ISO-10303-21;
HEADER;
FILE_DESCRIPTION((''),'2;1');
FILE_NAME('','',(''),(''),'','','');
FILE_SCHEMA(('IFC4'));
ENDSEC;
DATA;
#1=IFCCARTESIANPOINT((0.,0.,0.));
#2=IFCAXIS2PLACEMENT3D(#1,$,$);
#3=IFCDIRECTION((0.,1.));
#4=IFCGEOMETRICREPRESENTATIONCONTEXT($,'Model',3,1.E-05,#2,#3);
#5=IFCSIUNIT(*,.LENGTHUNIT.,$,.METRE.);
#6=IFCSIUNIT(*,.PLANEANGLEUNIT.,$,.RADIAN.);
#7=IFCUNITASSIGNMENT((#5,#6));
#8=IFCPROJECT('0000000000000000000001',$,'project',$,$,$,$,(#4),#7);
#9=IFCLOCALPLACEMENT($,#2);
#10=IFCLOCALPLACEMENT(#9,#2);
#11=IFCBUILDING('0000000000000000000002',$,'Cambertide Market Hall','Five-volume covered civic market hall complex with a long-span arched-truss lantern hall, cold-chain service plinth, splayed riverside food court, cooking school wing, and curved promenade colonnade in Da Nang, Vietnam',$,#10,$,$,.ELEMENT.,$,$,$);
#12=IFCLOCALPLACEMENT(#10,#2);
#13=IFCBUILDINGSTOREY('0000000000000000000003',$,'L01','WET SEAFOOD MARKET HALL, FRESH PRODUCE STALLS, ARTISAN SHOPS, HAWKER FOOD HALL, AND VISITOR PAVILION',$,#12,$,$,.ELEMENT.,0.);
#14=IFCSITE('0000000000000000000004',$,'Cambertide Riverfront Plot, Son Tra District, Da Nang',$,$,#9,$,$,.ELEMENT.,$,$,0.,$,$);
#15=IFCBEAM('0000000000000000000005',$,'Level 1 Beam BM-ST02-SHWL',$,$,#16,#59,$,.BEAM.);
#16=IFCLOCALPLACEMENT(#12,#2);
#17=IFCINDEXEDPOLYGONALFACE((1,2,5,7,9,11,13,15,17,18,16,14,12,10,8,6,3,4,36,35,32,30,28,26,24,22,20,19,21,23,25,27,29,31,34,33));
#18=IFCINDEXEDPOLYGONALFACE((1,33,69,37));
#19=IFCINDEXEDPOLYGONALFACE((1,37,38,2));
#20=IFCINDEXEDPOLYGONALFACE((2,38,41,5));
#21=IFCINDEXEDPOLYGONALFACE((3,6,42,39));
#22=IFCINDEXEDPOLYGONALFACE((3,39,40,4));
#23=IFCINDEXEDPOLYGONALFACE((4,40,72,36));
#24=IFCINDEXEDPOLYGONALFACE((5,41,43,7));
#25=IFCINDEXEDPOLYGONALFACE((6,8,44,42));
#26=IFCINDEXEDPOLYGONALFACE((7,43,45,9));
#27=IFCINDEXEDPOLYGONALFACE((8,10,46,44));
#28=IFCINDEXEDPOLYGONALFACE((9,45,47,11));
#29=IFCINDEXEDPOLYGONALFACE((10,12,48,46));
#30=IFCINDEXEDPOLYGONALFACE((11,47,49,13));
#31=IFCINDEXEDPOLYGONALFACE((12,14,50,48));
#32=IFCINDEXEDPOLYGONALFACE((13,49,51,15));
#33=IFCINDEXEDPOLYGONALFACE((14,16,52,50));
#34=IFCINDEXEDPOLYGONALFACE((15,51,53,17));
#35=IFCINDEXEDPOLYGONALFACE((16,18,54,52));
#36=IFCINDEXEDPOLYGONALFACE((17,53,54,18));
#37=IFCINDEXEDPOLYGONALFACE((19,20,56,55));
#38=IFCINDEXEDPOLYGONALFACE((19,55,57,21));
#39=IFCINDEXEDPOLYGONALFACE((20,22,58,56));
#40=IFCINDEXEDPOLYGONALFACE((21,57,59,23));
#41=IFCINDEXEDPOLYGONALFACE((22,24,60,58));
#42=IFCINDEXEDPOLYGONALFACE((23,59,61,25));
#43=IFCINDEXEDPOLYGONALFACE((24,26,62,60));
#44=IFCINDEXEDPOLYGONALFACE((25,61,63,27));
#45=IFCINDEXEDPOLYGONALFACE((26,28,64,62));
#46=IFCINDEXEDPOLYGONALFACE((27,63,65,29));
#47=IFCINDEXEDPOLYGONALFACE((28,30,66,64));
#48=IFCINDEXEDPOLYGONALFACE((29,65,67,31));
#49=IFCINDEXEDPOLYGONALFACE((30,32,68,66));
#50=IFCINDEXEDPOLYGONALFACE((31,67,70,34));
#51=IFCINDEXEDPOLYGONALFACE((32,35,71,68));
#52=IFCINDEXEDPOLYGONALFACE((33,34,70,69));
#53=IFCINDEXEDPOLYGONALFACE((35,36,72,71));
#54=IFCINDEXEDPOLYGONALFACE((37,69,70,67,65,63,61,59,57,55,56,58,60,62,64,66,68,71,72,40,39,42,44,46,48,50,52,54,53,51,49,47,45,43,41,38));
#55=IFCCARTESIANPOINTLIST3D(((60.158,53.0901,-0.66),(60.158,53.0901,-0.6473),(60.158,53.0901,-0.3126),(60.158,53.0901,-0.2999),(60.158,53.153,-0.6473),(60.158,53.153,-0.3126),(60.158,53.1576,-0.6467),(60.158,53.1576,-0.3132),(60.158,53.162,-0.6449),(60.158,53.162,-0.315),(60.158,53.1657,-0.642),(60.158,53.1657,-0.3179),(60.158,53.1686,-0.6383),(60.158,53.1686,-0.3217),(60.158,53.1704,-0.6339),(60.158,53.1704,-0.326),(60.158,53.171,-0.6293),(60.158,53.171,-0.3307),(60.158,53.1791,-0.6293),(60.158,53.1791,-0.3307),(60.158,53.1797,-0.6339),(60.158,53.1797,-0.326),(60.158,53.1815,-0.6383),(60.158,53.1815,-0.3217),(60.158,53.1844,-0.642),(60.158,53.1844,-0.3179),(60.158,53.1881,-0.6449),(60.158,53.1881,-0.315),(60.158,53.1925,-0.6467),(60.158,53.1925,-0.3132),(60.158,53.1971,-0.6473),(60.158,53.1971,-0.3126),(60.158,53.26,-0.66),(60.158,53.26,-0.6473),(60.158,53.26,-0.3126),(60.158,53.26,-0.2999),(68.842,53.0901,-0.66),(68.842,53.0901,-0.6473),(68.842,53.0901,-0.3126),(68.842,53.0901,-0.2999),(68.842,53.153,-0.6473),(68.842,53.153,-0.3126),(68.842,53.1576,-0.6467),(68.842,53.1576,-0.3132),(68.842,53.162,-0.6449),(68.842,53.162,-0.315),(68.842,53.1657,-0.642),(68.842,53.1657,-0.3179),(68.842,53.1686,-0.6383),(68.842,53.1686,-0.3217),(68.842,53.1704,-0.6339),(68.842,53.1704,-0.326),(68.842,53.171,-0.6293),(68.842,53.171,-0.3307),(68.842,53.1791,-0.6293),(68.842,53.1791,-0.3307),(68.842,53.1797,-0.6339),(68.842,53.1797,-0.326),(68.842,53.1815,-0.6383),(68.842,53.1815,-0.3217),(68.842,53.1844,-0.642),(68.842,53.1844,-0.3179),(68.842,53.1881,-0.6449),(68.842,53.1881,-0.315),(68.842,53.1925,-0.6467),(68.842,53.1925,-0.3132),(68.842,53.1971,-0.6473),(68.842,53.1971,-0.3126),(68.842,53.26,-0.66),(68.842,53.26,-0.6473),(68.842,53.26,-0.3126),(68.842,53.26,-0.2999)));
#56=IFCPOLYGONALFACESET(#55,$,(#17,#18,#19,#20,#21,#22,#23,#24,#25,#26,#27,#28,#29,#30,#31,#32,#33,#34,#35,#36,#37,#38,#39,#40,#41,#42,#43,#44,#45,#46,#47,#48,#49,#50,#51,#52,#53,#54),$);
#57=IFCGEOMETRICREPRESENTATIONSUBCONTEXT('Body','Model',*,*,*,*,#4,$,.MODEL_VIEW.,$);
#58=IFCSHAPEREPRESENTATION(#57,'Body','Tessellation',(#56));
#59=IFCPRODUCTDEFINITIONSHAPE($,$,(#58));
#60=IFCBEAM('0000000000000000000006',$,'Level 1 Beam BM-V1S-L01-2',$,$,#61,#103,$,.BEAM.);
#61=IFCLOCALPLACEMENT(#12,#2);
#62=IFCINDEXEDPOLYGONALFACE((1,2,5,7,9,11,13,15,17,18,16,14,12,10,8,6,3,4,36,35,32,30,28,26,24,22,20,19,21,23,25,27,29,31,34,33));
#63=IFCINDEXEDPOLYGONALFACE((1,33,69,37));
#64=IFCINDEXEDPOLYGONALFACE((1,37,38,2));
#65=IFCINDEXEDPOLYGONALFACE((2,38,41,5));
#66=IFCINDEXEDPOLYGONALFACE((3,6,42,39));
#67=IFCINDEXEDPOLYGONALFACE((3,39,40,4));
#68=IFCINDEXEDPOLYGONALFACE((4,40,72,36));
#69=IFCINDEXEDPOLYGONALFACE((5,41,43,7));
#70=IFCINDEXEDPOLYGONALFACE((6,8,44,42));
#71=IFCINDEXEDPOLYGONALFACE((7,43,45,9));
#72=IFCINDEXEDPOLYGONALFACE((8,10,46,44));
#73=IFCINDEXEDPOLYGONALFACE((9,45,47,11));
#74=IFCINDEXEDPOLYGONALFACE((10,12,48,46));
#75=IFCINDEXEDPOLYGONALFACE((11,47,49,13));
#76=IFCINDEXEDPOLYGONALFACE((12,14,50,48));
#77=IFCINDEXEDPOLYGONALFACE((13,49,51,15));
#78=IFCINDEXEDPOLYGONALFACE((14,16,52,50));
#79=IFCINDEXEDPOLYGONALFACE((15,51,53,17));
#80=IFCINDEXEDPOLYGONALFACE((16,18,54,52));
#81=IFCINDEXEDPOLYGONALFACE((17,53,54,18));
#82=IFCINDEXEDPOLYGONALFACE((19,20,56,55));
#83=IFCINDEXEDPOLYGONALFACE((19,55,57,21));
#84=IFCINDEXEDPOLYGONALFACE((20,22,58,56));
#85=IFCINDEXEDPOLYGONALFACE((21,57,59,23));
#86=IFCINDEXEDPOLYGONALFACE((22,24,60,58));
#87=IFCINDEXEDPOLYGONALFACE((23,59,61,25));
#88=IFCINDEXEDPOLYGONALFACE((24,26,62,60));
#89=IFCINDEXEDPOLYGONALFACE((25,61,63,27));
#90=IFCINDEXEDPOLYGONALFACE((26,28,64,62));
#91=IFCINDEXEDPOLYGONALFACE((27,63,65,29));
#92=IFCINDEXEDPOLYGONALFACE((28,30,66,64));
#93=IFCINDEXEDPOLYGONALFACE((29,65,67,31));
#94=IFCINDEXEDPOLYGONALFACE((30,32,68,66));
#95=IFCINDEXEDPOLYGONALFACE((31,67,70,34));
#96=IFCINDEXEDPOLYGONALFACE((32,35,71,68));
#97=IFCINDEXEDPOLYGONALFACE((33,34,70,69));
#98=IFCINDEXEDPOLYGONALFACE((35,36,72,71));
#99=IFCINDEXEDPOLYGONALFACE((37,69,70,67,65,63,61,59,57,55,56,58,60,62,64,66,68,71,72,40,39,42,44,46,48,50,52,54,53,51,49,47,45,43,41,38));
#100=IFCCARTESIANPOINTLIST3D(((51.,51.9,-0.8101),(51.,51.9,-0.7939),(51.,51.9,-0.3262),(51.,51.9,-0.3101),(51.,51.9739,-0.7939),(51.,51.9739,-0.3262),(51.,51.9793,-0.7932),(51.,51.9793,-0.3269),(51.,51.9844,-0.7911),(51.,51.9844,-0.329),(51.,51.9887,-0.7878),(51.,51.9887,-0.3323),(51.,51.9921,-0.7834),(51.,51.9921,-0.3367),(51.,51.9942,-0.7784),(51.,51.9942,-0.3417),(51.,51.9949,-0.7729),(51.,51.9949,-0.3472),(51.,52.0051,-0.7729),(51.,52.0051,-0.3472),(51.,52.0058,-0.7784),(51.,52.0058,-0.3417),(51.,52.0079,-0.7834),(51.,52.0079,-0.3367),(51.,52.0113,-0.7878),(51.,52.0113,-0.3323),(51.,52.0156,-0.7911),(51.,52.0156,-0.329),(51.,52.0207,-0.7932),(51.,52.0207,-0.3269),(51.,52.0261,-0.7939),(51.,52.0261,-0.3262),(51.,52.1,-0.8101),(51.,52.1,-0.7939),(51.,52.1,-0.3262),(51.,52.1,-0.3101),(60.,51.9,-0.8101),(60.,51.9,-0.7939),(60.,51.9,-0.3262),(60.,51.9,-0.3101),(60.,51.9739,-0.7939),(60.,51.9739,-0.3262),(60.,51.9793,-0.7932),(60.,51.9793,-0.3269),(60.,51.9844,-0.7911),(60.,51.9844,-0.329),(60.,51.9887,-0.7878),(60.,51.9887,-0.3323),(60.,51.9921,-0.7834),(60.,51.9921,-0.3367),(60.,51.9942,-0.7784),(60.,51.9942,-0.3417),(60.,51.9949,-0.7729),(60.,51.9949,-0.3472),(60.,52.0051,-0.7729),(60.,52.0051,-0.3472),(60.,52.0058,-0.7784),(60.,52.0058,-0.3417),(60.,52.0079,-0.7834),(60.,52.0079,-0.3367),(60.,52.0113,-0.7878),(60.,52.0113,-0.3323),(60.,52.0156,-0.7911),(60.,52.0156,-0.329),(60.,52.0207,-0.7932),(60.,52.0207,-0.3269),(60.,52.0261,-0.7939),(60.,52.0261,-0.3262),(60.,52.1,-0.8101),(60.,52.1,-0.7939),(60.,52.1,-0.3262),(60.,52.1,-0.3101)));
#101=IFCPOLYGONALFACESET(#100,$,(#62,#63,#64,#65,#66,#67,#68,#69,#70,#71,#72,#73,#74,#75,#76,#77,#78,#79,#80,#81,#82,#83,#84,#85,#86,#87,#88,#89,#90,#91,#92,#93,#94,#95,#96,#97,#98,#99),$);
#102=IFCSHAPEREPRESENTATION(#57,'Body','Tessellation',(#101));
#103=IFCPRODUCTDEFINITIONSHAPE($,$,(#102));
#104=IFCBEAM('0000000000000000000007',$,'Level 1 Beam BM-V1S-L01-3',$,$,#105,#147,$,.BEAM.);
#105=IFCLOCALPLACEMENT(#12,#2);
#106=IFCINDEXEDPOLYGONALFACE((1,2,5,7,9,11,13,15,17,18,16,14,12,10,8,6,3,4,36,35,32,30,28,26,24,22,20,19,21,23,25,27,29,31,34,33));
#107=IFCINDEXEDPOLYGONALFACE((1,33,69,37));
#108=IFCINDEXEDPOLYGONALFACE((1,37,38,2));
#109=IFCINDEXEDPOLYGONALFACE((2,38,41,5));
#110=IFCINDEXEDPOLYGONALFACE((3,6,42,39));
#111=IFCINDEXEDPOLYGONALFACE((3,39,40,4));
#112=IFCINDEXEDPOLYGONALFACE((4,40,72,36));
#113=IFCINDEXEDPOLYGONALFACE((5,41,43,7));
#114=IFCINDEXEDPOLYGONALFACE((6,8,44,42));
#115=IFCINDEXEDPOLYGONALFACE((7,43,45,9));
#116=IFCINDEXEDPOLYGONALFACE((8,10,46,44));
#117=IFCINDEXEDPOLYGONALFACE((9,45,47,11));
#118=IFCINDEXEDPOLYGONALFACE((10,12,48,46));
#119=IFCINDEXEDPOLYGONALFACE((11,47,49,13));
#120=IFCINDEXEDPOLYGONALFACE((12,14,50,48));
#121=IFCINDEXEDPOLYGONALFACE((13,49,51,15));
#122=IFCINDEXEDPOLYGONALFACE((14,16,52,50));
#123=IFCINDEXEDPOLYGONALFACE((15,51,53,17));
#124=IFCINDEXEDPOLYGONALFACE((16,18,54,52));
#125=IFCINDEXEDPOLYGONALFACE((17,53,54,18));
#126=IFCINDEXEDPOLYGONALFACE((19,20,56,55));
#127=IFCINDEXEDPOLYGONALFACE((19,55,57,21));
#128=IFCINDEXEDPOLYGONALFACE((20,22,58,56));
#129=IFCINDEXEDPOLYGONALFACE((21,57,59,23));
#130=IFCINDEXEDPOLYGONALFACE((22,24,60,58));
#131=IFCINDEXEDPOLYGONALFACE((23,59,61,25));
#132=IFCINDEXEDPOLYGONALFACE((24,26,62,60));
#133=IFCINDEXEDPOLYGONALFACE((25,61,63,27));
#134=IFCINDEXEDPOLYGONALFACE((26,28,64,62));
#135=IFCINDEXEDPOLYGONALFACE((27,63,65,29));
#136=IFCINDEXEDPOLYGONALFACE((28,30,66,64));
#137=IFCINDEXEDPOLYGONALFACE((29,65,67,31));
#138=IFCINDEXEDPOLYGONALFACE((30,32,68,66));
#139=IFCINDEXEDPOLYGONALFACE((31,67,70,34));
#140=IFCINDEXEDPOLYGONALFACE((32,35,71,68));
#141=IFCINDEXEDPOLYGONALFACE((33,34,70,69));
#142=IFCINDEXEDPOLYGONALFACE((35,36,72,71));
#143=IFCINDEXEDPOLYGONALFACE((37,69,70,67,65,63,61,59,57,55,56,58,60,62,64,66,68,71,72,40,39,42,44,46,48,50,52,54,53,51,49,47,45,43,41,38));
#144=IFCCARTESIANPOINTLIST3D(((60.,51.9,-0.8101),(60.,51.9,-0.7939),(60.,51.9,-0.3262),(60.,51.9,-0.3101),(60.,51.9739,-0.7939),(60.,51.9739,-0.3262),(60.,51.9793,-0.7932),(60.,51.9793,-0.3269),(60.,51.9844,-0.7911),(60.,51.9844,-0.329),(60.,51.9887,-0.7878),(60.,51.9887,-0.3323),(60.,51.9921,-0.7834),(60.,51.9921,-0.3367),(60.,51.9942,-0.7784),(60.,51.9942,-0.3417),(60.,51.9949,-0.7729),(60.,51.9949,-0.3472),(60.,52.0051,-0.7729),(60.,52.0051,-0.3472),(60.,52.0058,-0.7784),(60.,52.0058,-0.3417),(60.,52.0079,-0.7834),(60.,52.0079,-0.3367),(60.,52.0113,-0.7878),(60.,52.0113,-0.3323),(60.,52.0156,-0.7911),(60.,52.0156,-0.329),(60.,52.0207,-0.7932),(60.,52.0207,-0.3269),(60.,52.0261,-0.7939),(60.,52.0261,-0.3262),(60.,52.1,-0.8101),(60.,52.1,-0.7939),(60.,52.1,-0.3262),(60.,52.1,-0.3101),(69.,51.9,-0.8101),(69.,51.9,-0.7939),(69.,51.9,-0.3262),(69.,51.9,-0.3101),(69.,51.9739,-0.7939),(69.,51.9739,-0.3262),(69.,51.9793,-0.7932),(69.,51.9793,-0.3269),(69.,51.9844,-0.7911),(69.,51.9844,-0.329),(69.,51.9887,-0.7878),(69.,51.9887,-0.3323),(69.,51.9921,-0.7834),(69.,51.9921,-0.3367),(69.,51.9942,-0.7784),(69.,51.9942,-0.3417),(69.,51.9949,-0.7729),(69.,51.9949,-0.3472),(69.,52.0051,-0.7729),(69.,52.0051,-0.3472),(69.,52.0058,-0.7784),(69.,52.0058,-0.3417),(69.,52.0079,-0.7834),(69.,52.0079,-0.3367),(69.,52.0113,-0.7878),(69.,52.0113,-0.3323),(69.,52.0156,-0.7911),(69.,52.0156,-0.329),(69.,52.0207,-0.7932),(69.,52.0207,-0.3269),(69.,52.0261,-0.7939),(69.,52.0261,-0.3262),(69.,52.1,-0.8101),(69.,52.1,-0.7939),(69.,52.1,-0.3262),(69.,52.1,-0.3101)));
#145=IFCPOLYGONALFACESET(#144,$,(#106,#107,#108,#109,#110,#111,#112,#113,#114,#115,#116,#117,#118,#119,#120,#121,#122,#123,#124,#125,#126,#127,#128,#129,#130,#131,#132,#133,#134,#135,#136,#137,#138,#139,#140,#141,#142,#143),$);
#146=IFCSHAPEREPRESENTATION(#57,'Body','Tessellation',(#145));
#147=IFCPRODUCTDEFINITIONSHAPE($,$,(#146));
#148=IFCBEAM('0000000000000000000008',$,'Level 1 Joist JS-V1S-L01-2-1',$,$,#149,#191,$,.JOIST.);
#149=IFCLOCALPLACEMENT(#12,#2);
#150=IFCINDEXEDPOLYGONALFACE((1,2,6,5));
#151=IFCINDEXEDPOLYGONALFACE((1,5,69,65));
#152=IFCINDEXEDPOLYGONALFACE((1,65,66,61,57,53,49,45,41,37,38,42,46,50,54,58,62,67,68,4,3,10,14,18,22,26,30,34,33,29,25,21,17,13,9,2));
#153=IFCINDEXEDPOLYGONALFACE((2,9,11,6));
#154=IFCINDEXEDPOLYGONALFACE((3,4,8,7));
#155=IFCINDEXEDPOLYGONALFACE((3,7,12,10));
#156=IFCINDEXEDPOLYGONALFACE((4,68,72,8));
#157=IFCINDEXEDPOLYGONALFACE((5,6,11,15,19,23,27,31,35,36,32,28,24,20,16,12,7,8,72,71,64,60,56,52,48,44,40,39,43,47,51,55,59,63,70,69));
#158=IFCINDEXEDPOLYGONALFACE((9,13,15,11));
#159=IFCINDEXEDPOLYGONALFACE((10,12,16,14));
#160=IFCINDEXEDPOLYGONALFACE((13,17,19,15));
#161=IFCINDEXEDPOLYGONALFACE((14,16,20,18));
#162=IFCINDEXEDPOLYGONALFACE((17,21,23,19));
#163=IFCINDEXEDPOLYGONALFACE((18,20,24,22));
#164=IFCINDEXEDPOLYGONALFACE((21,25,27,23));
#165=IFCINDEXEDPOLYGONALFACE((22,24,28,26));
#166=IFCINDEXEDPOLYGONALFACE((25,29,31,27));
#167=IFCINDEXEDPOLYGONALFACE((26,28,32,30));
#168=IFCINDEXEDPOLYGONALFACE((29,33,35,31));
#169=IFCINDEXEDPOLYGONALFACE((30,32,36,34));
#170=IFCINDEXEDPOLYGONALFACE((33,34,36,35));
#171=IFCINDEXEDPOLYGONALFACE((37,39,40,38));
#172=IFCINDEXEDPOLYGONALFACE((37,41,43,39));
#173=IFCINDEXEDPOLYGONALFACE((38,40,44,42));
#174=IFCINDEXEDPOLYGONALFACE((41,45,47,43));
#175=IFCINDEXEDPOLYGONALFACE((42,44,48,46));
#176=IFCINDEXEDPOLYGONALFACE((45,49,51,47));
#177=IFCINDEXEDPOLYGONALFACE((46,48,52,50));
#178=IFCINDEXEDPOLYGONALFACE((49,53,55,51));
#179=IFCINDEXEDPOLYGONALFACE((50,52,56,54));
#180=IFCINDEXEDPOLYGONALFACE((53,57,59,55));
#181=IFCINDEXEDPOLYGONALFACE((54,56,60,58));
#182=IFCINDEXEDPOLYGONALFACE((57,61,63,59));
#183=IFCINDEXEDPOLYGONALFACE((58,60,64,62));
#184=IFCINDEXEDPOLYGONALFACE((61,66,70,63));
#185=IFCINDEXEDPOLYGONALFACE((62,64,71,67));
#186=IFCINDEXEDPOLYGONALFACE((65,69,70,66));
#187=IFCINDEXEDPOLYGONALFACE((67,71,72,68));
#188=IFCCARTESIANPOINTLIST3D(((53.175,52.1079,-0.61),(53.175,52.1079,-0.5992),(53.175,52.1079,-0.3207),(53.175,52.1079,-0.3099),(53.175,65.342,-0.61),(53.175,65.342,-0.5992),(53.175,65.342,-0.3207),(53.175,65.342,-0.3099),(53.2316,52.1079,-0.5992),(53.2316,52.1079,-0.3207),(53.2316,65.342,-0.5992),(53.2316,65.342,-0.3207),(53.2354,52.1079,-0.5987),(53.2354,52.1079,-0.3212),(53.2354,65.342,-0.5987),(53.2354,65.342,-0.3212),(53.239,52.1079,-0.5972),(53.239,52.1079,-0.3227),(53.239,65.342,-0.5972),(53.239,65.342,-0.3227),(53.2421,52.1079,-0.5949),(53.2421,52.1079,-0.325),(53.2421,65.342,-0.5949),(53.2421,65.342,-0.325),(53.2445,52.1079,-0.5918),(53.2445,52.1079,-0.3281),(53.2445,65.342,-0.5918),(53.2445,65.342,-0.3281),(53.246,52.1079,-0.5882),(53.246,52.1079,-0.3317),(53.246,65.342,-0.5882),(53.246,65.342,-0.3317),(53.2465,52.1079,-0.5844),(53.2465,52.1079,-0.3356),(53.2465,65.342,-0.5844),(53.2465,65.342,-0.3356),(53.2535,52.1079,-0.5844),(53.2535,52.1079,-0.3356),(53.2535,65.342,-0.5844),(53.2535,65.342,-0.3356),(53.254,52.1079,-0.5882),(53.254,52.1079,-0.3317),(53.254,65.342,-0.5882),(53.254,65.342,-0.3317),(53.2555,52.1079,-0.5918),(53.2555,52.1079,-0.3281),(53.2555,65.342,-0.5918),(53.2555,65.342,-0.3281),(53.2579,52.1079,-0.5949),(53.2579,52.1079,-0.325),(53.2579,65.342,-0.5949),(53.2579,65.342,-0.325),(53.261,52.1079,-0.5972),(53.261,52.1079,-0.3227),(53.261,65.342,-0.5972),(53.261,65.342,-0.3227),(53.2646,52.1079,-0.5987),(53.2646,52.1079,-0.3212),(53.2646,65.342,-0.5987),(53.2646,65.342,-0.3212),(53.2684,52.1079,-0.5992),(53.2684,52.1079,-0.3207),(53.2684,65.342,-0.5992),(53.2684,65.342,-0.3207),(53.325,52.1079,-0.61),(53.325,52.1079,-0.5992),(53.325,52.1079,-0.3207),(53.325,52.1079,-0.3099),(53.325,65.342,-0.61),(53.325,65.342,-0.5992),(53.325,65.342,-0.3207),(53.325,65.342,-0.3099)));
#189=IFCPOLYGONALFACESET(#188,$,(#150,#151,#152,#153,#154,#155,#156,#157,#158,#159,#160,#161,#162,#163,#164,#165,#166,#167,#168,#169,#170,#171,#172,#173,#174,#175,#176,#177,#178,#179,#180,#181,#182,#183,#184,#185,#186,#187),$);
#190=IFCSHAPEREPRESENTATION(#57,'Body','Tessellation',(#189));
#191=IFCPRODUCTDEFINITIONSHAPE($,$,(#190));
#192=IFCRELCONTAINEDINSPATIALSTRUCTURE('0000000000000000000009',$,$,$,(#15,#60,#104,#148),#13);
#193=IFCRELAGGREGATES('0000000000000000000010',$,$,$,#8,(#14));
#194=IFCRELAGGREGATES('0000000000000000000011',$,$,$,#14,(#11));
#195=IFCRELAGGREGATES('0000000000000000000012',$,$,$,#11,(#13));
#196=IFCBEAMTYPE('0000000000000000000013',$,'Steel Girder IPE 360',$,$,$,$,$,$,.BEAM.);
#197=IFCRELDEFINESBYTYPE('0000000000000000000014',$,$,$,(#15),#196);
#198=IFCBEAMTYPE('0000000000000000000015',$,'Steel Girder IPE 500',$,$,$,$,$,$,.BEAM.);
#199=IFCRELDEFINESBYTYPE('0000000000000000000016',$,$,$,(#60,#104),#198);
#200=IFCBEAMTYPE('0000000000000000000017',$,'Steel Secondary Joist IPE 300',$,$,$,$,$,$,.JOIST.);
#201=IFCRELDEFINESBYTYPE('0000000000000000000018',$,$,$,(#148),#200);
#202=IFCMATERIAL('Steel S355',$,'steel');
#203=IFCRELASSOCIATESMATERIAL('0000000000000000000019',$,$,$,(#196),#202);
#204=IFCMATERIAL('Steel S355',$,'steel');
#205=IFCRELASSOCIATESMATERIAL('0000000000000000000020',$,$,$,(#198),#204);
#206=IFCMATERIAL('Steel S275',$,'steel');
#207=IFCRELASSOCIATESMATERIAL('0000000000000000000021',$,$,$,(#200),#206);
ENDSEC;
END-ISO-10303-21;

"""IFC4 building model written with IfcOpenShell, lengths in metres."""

from ifc_helpers import new_model, si_unit, direction, frame, origin, origin_2d, place, context, subcontext, project, spatial, i_section, extrude, material, material_profile, profile_set, type_object, element, save


model = new_model("IFC4")

# Units and contexts
model_context = context("Model", 3, precision=1e-05, world=origin(), true_north=direction((0.0, 1.0)))
body_context = subcontext(model_context, "Body", "Model", "MODEL_VIEW")
ifc_project = project(units=[si_unit("LENGTHUNIT", "METRE"), si_unit("PLANEANGLEUNIT", "RADIAN")], contexts=[model_context])

# Site, building, storey
site_placement = place(None, origin())
site = spatial("IfcSite", under=ifc_project, at=site_placement, Name="Cambertide Riverfront Plot, Son Tra District, Da Nang", CompositionType="ELEMENT", RefElevation=0.0)
building_placement = place(site_placement, origin())
building = spatial("IfcBuilding", under=site, at=building_placement, Name="Cambertide Market Hall", Description="Five-volume covered civic market hall complex with a long-span arched-truss lantern hall, cold-chain service plinth, splayed riverside food court, cooking school wing, and curved promenade colonnade in Da Nang, Vietnam", CompositionType="ELEMENT")
storey_placement = place(building_placement, origin())
storey = spatial("IfcBuildingStorey", under=building, at=storey_placement, Name="L01", Description="WET SEAFOOD MARKET HALL, FRESH PRODUCE STALLS, ARTISAN SHOPS, HAWKER FOOD HALL, AND VISITOR PAVILION", CompositionType="ELEMENT", Elevation=0.0)

# Beams
ifc_material_1 = material(Name="Steel S355", Category="steel")
ifc_material_profile_1 = material_profile(ifc_material_1, i_section(OverallWidth=0.1699, OverallDepth=0.3601, WebThickness=0.0081, FlangeThickness=0.0127, FilletRadius=0.0181, at=origin_2d()), Name="IPE 360")
ifc_profile_set_1 = profile_set([ifc_material_profile_1], Name="Steel S355")
beam_type_1 = type_object("IfcBeamType", Name="Steel Girder IPE 360", PredefinedType="BEAM", material=ifc_profile_set_1)
beam_1_placement = place(storey_placement, frame((60.158, 53.175, -0.48), z_axis=(1.0, 0.0, 0.0), x_axis=(0.0, 1.0, 0.0)))
element("IfcBeam", 1, at=beam_1_placement, inside=storey, type_object=beam_type_1, Name="Level 1 Beam BM-ST02-SHWL", PredefinedType="BEAM", context=body_context, shape_type="SweptSolid", body=[
    extrude(i_section(OverallWidth=0.1699, OverallDepth=0.3601, WebThickness=0.0081, FlangeThickness=0.0127, FilletRadius=0.0181, at=origin_2d()), origin(), (0.0, 0.0, 1.0), 8.6841),
])
ifc_material_2 = material(Name="Steel S355", Category="steel")
ifc_material_profile_2 = material_profile(ifc_material_2, i_section(OverallWidth=0.2, OverallDepth=0.5, WebThickness=0.0103, FlangeThickness=0.0161, FilletRadius=0.021, at=origin_2d()), Name="IPE 500")
ifc_profile_set_2 = profile_set([ifc_material_profile_2], Name="Steel S355")
beam_type_2 = type_object("IfcBeamType", Name="Steel Girder IPE 500", PredefinedType="BEAM", material=ifc_profile_set_2)
for number, where, z_axis, x_axis, name in (
    (2, (51.0, 52.0, -0.5601), (1.0, 0.0, 0.0), (0.0, 1.0, 0.0), "Level 1 Beam BM-V1S-L01-2"),
    (3, (60.0, 52.0, -0.5601), (1.0, 0.0, 0.0), (0.0, 1.0, 0.0), "Level 1 Beam BM-V1S-L01-3"),
):
    element("IfcBeam", number, at=place(storey_placement, frame(where, z_axis=z_axis, x_axis=x_axis)), inside=storey, type_object=beam_type_2, Name=name, PredefinedType="BEAM", context=body_context, shape_type="SweptSolid", body=[
        extrude(i_section(OverallWidth=0.2, OverallDepth=0.5, WebThickness=0.0103, FlangeThickness=0.0161, FilletRadius=0.021, at=origin_2d()), origin(), (0.0, 0.0, 1.0), 9.0),
    ])
ifc_material_3 = material(Name="Steel S275", Category="steel")
ifc_material_profile_3 = material_profile(ifc_material_3, i_section(OverallWidth=0.1499, OverallDepth=0.3, WebThickness=0.0071, FlangeThickness=0.0107, FilletRadius=0.0149, at=origin_2d()), Name="IPE 300")
ifc_profile_set_3 = profile_set([ifc_material_profile_3], Name="Steel S275")
beam_type_3 = type_object("IfcBeamType", Name="Steel Secondary Joist IPE 300", PredefinedType="JOIST", material=ifc_profile_set_3)
for number, where, z_axis, x_axis, name in (
    (4, (53.25, 52.1079, -0.46), (0.0, 1.0, 0.0), (-1.0, 0.0, 0.0), "Level 1 Joist JS-V1S-L01-2-1"),
):
    element("IfcBeam", number, at=place(storey_placement, frame(where, z_axis=z_axis, x_axis=x_axis)), inside=storey, type_object=beam_type_3, Name=name, PredefinedType="JOIST", context=body_context, shape_type="SweptSolid", body=[
        extrude(i_section(OverallWidth=0.1499, OverallDepth=0.3, WebThickness=0.0071, FlangeThickness=0.0107, FilletRadius=0.0149, at=origin_2d()), origin(), (0.0, 0.0, 1.0), 13.2341),
    ])

save(model, "model.ifc")
